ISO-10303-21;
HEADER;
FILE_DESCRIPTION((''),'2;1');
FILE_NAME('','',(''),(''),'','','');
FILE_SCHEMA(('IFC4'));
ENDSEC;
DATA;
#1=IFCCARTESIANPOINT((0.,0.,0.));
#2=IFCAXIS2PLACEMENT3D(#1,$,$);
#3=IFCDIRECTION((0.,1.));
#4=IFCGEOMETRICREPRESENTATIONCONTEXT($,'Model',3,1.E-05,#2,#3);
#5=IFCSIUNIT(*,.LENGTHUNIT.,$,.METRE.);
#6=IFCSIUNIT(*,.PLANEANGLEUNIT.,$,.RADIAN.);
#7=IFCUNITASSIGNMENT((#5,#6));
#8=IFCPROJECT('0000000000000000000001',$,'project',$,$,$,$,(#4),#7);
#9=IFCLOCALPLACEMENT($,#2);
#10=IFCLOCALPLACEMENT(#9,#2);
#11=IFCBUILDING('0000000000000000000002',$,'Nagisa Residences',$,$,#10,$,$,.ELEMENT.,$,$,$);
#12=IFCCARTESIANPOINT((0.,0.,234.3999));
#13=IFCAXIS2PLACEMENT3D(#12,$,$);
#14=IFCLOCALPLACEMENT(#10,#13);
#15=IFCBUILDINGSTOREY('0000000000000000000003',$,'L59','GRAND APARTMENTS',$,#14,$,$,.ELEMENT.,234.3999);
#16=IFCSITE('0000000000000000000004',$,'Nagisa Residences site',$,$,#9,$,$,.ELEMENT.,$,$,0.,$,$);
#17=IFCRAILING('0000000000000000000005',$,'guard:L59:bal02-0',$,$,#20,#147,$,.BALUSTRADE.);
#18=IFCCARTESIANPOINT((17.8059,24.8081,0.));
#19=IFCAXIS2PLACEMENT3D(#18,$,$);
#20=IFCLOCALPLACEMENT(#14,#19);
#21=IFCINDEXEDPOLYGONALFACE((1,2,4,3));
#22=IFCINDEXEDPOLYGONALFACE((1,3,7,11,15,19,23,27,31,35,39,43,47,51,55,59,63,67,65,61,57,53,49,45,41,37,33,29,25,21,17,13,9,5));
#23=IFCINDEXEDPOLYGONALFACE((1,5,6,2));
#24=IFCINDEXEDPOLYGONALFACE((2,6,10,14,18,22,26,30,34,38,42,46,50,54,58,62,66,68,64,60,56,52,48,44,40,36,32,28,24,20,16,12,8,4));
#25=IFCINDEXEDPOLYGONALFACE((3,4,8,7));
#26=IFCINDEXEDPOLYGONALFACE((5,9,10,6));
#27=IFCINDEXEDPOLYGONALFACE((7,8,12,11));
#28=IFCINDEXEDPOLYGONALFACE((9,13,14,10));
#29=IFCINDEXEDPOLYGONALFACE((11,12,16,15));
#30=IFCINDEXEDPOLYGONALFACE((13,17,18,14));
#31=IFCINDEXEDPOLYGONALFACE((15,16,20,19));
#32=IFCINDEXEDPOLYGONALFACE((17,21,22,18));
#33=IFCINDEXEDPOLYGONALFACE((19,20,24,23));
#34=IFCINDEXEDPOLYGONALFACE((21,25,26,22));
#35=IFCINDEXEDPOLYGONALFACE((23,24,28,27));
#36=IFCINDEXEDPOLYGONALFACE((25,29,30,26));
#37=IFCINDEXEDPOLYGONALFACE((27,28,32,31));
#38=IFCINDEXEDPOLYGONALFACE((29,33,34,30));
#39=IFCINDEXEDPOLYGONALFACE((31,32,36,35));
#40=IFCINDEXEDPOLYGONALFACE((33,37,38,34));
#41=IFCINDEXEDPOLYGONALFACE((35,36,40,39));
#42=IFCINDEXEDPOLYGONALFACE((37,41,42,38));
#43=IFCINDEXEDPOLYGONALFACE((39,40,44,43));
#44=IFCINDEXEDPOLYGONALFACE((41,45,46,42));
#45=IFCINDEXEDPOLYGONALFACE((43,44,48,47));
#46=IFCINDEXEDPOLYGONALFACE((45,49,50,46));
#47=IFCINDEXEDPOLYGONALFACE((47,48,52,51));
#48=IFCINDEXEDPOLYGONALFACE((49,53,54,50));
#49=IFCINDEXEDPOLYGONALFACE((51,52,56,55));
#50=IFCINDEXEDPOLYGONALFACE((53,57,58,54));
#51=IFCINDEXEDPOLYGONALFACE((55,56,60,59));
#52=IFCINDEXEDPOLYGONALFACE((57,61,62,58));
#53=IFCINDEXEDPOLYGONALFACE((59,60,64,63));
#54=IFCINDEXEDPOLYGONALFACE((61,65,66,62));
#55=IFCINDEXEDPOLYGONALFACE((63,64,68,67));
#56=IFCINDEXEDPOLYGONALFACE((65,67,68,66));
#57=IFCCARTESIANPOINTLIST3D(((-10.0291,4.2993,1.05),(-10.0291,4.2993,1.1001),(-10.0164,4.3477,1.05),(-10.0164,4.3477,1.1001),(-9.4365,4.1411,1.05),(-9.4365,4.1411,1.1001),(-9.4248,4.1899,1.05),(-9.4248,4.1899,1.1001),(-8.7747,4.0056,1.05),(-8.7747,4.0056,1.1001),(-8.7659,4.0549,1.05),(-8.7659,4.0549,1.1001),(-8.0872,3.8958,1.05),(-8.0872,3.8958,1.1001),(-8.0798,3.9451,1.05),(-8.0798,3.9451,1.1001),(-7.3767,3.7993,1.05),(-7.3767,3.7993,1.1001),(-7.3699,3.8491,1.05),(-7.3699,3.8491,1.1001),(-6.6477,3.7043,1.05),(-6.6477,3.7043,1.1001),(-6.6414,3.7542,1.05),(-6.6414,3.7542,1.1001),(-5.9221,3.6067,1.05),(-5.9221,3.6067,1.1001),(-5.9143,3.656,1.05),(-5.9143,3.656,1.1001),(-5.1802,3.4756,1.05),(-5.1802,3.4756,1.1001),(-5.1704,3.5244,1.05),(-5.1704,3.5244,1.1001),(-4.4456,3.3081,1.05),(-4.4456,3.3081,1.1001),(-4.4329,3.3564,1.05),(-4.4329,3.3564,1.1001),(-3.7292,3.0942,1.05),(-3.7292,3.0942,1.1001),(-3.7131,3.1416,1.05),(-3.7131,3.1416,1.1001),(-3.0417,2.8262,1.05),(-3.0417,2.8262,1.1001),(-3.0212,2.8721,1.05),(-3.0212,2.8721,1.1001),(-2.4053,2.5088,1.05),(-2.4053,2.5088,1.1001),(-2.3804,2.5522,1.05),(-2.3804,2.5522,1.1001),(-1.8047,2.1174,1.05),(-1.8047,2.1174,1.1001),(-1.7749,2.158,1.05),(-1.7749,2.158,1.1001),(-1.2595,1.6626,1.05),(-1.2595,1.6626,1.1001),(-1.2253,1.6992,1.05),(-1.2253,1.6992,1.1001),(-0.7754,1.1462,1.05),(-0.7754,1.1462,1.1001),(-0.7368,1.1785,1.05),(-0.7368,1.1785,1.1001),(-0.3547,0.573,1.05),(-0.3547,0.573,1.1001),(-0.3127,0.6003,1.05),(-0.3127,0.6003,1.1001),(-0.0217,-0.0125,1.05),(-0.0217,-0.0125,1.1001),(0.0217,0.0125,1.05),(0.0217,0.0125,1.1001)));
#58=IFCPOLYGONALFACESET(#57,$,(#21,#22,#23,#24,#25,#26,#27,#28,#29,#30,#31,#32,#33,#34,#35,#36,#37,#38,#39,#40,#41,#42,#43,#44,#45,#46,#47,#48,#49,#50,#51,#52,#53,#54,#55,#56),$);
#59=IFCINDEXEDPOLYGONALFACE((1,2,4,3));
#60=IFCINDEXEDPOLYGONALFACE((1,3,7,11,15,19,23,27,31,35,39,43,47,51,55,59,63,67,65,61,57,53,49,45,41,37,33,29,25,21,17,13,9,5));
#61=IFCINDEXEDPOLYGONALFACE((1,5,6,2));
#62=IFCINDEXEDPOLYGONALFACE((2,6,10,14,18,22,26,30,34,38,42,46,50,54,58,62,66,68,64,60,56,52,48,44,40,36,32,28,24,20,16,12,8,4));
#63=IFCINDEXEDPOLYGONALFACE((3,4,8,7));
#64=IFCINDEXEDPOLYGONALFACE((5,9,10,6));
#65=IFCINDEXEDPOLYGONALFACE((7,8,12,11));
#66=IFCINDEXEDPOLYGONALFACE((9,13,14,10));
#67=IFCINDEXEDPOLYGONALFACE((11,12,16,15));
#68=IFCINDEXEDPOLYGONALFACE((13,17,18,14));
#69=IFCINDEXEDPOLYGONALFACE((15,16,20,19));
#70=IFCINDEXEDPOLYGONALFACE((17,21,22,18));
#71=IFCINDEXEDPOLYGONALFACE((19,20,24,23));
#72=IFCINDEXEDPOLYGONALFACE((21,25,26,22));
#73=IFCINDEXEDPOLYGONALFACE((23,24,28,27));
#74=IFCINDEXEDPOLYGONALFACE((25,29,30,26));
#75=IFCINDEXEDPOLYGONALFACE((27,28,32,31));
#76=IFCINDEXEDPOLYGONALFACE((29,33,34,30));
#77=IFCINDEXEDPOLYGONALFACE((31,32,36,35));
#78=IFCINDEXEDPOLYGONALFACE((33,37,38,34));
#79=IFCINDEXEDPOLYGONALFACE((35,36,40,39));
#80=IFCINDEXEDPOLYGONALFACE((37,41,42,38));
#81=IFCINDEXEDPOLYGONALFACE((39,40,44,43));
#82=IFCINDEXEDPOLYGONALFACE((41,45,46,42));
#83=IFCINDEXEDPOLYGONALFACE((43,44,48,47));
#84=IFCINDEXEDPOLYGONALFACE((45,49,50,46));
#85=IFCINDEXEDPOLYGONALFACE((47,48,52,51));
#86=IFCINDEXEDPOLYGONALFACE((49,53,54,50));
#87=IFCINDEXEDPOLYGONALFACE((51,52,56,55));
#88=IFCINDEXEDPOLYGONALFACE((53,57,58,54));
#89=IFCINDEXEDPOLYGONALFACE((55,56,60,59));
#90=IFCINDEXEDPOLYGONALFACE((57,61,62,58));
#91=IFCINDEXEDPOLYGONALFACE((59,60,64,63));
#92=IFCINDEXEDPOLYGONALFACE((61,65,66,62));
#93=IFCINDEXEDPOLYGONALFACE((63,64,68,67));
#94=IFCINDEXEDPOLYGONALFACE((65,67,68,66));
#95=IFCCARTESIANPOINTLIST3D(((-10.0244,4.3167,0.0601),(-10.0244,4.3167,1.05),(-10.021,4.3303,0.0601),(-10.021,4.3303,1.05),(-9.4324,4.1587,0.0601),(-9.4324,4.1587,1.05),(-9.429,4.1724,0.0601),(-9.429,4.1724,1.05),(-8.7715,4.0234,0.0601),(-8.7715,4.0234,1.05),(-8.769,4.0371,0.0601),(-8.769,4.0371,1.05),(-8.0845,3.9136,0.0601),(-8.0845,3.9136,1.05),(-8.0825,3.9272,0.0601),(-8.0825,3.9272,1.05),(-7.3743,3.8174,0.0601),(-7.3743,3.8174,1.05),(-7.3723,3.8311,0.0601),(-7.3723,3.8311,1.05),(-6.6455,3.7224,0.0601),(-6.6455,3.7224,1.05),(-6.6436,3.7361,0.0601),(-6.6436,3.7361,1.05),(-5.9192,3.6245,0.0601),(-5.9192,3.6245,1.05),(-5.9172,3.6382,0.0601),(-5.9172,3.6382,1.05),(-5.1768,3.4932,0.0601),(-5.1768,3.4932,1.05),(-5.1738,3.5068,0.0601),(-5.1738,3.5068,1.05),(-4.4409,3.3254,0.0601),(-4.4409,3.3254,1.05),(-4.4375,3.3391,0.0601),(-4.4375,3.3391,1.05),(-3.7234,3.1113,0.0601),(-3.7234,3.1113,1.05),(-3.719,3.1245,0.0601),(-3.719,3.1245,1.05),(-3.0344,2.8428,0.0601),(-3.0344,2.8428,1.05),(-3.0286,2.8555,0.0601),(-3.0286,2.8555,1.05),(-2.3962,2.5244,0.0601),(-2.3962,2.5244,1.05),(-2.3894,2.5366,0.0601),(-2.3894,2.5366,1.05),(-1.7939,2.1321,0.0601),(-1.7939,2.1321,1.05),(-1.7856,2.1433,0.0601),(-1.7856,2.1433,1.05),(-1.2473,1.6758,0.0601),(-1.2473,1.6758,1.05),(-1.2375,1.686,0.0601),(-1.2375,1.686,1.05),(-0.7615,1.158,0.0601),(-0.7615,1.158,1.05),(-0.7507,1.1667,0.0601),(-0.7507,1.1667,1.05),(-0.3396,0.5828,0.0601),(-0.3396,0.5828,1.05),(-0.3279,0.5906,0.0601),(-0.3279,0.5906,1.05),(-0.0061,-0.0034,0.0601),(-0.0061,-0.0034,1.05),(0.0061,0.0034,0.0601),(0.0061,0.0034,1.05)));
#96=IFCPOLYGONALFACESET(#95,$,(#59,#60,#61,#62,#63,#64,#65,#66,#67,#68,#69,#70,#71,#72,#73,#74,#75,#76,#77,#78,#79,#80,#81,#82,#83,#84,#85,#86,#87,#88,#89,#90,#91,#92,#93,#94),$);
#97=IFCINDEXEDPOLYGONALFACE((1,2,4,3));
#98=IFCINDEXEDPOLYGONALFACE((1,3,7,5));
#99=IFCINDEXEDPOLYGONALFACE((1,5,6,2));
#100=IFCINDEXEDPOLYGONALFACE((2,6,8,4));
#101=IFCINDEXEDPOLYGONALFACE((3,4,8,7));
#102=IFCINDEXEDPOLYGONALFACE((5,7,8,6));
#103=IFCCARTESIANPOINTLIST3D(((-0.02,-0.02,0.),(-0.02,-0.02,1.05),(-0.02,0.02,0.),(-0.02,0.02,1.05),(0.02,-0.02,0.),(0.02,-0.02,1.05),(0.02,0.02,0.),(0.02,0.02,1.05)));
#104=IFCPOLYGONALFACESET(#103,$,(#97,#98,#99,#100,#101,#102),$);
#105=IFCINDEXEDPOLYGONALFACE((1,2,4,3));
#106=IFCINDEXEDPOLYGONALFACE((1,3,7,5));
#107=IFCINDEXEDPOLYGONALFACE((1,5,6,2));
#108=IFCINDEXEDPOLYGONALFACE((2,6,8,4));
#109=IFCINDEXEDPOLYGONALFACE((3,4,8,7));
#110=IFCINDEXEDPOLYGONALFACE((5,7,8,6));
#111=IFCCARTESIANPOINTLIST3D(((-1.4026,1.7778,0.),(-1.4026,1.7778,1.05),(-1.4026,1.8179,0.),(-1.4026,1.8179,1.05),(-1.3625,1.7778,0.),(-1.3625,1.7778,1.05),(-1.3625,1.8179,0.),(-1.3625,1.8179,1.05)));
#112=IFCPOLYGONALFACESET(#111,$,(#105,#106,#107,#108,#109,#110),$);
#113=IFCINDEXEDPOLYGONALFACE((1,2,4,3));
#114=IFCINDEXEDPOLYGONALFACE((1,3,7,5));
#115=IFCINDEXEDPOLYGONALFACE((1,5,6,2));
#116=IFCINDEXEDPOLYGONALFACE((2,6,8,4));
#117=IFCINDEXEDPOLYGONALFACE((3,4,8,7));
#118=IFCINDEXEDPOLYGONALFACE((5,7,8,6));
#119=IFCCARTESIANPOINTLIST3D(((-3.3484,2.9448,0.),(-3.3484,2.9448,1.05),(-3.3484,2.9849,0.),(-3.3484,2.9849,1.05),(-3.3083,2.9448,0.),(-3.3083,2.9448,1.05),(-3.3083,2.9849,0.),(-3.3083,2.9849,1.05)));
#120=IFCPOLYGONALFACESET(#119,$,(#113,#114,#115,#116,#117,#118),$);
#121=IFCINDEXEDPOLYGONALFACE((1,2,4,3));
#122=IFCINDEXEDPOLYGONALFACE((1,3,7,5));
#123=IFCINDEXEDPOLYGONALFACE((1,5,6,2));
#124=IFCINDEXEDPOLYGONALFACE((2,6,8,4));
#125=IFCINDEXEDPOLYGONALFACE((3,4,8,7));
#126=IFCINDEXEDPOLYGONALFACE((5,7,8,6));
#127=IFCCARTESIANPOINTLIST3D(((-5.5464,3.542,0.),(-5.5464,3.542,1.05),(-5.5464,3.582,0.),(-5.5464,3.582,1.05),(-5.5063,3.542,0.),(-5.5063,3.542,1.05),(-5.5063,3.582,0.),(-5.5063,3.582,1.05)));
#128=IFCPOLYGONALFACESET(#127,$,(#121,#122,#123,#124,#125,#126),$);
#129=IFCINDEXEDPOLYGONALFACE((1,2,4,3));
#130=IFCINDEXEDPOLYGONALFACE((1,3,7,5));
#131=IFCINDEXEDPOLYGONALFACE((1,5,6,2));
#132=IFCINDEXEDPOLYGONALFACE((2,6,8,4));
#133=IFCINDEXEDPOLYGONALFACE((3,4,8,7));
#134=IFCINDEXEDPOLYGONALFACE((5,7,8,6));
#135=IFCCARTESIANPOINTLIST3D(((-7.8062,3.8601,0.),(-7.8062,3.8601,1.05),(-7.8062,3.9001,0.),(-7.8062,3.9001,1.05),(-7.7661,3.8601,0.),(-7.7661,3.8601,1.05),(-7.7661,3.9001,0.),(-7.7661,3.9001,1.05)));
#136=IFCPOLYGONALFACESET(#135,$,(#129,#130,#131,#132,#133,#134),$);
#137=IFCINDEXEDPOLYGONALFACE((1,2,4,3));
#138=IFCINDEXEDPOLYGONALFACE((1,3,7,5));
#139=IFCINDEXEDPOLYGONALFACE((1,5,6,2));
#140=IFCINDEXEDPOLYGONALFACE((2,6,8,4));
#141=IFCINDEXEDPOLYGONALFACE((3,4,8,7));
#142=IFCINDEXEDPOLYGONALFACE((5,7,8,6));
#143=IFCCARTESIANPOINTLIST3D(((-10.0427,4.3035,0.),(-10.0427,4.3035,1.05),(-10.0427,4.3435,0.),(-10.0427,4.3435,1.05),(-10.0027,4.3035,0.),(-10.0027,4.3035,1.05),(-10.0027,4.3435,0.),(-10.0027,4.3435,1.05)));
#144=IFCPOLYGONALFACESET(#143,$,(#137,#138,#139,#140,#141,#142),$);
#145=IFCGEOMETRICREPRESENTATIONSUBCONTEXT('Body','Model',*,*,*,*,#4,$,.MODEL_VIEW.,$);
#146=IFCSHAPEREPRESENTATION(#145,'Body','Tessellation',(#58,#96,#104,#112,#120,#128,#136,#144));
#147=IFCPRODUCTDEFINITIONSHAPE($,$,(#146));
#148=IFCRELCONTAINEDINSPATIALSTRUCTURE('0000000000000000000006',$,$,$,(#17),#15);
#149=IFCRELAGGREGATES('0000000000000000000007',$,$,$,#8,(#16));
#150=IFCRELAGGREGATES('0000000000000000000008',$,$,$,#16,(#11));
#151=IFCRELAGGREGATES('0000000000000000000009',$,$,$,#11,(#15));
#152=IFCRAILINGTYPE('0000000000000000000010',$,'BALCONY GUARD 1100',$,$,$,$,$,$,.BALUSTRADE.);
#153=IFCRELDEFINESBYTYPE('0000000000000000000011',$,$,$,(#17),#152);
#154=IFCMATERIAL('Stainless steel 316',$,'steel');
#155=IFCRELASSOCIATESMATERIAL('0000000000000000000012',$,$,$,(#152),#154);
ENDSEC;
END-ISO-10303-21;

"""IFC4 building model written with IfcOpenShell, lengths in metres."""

from ifc_helpers import new_model, si_unit, direction, frame, origin, origin_2d, place, context, subcontext, project, spatial, polyline, rectangle, outline, extrude, material, type_object, element, save


model = new_model("IFC4")

# Units and contexts
model_context = context("Model", 3, precision=1e-05, world=origin(), true_north=direction((0.0, 1.0)))
body_context = subcontext(model_context, "Body", "Model", "MODEL_VIEW")
ifc_project = project(units=[si_unit("LENGTHUNIT", "METRE"), si_unit("PLANEANGLEUNIT", "RADIAN")], contexts=[model_context])

# Site, building, storey
site_placement = place(None, origin())
site = spatial("IfcSite", under=ifc_project, at=site_placement, Name="Nagisa Residences site", CompositionType="ELEMENT", RefElevation=0.0)
building_placement = place(site_placement, origin())
building = spatial("IfcBuilding", under=site, at=building_placement, Name="Nagisa Residences", CompositionType="ELEMENT")
storey_placement = place(building_placement, frame((0.0, 0.0, 234.3999)))
storey = spatial("IfcBuildingStorey", under=building, at=storey_placement, Name="L59", Description="GRAND APARTMENTS", CompositionType="ELEMENT", Elevation=234.3999)

# Railing
ifc_material_1 = material(Name="Stainless steel 316", Category="steel")
railing_type = type_object("IfcRailingType", Name="BALCONY GUARD 1100", PredefinedType="BALUSTRADE", material=ifc_material_1)
railing_1_placement = place(storey_placement, frame((17.8059, 24.8081, 0.0)))
element("IfcRailing", 1, at=railing_1_placement, inside=storey, type_object=railing_type, Name="guard:L59:bal02-0", PredefinedType="BALUSTRADE", context=body_context, shape_type="SweptSolid", body=[
    extrude(outline(polyline([(-0.3547, 0.573), (-0.0217, -0.0125), (0.0217, 0.0125), (-0.3127, 0.6003), (-0.7368, 1.1785), (-1.2253, 1.6992), (-1.7749, 2.158), (-2.3804, 2.5522), (-3.0212, 2.8721), (-3.7131, 3.1416), (-4.4329, 3.3564), (-5.1704, 3.5244), (-5.9143, 3.656), (-6.6414, 3.7542), (-7.3699, 3.8491), (-8.0798, 3.9451), (-8.7659, 4.0549), (-9.4248, 4.1899), (-10.0164, 4.3477), (-10.0291, 4.2993), (-9.4365, 4.1411), (-8.7747, 4.0056), (-8.0872, 3.8958), (-7.3767, 3.7993), (-6.6477, 3.7043), (-5.9221, 3.6067), (-5.1802, 3.4756), (-4.4456, 3.3081), (-3.7292, 3.0942), (-3.0417, 2.8262), (-2.4053, 2.5088), (-1.8047, 2.1174), (-1.2595, 1.6626), (-0.7754, 1.1462), (-0.3547, 0.573)])), frame((0.0, 0.0, 1.05)), (0.0, 0.0, 1.0), 0.05),
    extrude(outline(polyline([(-0.3396, 0.5828), (-0.0061, -0.0034), (0.0061, 0.0034), (-0.3279, 0.5906), (-0.7507, 1.1667), (-1.2375, 1.686), (-1.7856, 2.1433), (-2.3894, 2.5366), (-3.0286, 2.8555), (-3.719, 3.1245), (-4.4375, 3.3391), (-5.1738, 3.5068), (-5.9172, 3.6382), (-6.6436, 3.7361), (-7.3723, 3.8311), (-8.0825, 3.9272), (-8.769, 4.0371), (-9.429, 4.1724), (-10.021, 4.3303), (-10.0244, 4.3167), (-9.4324, 4.1587), (-8.7715, 4.0234), (-8.0845, 3.9136), (-7.3743, 3.8174), (-6.6455, 3.7224), (-5.9192, 3.6245), (-5.1768, 3.4932), (-4.4409, 3.3254), (-3.7234, 3.1113), (-3.0344, 2.8428), (-2.3962, 2.5244), (-1.7939, 2.1321), (-1.2473, 1.6758), (-0.7615, 1.158), (-0.3396, 0.5828)])), frame((0.0, 0.0, 0.0601)), (0.0, 0.0, 1.0), 0.99),
    extrude(rectangle(XDim=0.04, YDim=0.04, at=origin_2d()), origin(), (0.0, 0.0, 1.0), 1.05),
    extrude(rectangle(XDim=0.04, YDim=0.04, at=origin_2d()), frame((-1.3826, 1.7979, 0.0)), (0.0, 0.0, 1.0), 1.05),
    extrude(rectangle(XDim=0.04, YDim=0.04, at=origin_2d()), frame((-3.3284, 2.9648, 0.0)), (0.0, 0.0, 1.0), 1.05),
    extrude(rectangle(XDim=0.04, YDim=0.04, at=origin_2d()), frame((-5.5264, 3.562, 0.0)), (0.0, 0.0, 1.0), 1.05),
    extrude(rectangle(XDim=0.04, YDim=0.04, at=origin_2d()), frame((-7.7861, 3.8801, 0.0)), (0.0, 0.0, 1.0), 1.05),
    extrude(rectangle(XDim=0.04, YDim=0.04, at=origin_2d()), frame((-10.0227, 4.3235, 0.0)), (0.0, 0.0, 1.0), 1.05),
])

save(model, "model.ifc")
